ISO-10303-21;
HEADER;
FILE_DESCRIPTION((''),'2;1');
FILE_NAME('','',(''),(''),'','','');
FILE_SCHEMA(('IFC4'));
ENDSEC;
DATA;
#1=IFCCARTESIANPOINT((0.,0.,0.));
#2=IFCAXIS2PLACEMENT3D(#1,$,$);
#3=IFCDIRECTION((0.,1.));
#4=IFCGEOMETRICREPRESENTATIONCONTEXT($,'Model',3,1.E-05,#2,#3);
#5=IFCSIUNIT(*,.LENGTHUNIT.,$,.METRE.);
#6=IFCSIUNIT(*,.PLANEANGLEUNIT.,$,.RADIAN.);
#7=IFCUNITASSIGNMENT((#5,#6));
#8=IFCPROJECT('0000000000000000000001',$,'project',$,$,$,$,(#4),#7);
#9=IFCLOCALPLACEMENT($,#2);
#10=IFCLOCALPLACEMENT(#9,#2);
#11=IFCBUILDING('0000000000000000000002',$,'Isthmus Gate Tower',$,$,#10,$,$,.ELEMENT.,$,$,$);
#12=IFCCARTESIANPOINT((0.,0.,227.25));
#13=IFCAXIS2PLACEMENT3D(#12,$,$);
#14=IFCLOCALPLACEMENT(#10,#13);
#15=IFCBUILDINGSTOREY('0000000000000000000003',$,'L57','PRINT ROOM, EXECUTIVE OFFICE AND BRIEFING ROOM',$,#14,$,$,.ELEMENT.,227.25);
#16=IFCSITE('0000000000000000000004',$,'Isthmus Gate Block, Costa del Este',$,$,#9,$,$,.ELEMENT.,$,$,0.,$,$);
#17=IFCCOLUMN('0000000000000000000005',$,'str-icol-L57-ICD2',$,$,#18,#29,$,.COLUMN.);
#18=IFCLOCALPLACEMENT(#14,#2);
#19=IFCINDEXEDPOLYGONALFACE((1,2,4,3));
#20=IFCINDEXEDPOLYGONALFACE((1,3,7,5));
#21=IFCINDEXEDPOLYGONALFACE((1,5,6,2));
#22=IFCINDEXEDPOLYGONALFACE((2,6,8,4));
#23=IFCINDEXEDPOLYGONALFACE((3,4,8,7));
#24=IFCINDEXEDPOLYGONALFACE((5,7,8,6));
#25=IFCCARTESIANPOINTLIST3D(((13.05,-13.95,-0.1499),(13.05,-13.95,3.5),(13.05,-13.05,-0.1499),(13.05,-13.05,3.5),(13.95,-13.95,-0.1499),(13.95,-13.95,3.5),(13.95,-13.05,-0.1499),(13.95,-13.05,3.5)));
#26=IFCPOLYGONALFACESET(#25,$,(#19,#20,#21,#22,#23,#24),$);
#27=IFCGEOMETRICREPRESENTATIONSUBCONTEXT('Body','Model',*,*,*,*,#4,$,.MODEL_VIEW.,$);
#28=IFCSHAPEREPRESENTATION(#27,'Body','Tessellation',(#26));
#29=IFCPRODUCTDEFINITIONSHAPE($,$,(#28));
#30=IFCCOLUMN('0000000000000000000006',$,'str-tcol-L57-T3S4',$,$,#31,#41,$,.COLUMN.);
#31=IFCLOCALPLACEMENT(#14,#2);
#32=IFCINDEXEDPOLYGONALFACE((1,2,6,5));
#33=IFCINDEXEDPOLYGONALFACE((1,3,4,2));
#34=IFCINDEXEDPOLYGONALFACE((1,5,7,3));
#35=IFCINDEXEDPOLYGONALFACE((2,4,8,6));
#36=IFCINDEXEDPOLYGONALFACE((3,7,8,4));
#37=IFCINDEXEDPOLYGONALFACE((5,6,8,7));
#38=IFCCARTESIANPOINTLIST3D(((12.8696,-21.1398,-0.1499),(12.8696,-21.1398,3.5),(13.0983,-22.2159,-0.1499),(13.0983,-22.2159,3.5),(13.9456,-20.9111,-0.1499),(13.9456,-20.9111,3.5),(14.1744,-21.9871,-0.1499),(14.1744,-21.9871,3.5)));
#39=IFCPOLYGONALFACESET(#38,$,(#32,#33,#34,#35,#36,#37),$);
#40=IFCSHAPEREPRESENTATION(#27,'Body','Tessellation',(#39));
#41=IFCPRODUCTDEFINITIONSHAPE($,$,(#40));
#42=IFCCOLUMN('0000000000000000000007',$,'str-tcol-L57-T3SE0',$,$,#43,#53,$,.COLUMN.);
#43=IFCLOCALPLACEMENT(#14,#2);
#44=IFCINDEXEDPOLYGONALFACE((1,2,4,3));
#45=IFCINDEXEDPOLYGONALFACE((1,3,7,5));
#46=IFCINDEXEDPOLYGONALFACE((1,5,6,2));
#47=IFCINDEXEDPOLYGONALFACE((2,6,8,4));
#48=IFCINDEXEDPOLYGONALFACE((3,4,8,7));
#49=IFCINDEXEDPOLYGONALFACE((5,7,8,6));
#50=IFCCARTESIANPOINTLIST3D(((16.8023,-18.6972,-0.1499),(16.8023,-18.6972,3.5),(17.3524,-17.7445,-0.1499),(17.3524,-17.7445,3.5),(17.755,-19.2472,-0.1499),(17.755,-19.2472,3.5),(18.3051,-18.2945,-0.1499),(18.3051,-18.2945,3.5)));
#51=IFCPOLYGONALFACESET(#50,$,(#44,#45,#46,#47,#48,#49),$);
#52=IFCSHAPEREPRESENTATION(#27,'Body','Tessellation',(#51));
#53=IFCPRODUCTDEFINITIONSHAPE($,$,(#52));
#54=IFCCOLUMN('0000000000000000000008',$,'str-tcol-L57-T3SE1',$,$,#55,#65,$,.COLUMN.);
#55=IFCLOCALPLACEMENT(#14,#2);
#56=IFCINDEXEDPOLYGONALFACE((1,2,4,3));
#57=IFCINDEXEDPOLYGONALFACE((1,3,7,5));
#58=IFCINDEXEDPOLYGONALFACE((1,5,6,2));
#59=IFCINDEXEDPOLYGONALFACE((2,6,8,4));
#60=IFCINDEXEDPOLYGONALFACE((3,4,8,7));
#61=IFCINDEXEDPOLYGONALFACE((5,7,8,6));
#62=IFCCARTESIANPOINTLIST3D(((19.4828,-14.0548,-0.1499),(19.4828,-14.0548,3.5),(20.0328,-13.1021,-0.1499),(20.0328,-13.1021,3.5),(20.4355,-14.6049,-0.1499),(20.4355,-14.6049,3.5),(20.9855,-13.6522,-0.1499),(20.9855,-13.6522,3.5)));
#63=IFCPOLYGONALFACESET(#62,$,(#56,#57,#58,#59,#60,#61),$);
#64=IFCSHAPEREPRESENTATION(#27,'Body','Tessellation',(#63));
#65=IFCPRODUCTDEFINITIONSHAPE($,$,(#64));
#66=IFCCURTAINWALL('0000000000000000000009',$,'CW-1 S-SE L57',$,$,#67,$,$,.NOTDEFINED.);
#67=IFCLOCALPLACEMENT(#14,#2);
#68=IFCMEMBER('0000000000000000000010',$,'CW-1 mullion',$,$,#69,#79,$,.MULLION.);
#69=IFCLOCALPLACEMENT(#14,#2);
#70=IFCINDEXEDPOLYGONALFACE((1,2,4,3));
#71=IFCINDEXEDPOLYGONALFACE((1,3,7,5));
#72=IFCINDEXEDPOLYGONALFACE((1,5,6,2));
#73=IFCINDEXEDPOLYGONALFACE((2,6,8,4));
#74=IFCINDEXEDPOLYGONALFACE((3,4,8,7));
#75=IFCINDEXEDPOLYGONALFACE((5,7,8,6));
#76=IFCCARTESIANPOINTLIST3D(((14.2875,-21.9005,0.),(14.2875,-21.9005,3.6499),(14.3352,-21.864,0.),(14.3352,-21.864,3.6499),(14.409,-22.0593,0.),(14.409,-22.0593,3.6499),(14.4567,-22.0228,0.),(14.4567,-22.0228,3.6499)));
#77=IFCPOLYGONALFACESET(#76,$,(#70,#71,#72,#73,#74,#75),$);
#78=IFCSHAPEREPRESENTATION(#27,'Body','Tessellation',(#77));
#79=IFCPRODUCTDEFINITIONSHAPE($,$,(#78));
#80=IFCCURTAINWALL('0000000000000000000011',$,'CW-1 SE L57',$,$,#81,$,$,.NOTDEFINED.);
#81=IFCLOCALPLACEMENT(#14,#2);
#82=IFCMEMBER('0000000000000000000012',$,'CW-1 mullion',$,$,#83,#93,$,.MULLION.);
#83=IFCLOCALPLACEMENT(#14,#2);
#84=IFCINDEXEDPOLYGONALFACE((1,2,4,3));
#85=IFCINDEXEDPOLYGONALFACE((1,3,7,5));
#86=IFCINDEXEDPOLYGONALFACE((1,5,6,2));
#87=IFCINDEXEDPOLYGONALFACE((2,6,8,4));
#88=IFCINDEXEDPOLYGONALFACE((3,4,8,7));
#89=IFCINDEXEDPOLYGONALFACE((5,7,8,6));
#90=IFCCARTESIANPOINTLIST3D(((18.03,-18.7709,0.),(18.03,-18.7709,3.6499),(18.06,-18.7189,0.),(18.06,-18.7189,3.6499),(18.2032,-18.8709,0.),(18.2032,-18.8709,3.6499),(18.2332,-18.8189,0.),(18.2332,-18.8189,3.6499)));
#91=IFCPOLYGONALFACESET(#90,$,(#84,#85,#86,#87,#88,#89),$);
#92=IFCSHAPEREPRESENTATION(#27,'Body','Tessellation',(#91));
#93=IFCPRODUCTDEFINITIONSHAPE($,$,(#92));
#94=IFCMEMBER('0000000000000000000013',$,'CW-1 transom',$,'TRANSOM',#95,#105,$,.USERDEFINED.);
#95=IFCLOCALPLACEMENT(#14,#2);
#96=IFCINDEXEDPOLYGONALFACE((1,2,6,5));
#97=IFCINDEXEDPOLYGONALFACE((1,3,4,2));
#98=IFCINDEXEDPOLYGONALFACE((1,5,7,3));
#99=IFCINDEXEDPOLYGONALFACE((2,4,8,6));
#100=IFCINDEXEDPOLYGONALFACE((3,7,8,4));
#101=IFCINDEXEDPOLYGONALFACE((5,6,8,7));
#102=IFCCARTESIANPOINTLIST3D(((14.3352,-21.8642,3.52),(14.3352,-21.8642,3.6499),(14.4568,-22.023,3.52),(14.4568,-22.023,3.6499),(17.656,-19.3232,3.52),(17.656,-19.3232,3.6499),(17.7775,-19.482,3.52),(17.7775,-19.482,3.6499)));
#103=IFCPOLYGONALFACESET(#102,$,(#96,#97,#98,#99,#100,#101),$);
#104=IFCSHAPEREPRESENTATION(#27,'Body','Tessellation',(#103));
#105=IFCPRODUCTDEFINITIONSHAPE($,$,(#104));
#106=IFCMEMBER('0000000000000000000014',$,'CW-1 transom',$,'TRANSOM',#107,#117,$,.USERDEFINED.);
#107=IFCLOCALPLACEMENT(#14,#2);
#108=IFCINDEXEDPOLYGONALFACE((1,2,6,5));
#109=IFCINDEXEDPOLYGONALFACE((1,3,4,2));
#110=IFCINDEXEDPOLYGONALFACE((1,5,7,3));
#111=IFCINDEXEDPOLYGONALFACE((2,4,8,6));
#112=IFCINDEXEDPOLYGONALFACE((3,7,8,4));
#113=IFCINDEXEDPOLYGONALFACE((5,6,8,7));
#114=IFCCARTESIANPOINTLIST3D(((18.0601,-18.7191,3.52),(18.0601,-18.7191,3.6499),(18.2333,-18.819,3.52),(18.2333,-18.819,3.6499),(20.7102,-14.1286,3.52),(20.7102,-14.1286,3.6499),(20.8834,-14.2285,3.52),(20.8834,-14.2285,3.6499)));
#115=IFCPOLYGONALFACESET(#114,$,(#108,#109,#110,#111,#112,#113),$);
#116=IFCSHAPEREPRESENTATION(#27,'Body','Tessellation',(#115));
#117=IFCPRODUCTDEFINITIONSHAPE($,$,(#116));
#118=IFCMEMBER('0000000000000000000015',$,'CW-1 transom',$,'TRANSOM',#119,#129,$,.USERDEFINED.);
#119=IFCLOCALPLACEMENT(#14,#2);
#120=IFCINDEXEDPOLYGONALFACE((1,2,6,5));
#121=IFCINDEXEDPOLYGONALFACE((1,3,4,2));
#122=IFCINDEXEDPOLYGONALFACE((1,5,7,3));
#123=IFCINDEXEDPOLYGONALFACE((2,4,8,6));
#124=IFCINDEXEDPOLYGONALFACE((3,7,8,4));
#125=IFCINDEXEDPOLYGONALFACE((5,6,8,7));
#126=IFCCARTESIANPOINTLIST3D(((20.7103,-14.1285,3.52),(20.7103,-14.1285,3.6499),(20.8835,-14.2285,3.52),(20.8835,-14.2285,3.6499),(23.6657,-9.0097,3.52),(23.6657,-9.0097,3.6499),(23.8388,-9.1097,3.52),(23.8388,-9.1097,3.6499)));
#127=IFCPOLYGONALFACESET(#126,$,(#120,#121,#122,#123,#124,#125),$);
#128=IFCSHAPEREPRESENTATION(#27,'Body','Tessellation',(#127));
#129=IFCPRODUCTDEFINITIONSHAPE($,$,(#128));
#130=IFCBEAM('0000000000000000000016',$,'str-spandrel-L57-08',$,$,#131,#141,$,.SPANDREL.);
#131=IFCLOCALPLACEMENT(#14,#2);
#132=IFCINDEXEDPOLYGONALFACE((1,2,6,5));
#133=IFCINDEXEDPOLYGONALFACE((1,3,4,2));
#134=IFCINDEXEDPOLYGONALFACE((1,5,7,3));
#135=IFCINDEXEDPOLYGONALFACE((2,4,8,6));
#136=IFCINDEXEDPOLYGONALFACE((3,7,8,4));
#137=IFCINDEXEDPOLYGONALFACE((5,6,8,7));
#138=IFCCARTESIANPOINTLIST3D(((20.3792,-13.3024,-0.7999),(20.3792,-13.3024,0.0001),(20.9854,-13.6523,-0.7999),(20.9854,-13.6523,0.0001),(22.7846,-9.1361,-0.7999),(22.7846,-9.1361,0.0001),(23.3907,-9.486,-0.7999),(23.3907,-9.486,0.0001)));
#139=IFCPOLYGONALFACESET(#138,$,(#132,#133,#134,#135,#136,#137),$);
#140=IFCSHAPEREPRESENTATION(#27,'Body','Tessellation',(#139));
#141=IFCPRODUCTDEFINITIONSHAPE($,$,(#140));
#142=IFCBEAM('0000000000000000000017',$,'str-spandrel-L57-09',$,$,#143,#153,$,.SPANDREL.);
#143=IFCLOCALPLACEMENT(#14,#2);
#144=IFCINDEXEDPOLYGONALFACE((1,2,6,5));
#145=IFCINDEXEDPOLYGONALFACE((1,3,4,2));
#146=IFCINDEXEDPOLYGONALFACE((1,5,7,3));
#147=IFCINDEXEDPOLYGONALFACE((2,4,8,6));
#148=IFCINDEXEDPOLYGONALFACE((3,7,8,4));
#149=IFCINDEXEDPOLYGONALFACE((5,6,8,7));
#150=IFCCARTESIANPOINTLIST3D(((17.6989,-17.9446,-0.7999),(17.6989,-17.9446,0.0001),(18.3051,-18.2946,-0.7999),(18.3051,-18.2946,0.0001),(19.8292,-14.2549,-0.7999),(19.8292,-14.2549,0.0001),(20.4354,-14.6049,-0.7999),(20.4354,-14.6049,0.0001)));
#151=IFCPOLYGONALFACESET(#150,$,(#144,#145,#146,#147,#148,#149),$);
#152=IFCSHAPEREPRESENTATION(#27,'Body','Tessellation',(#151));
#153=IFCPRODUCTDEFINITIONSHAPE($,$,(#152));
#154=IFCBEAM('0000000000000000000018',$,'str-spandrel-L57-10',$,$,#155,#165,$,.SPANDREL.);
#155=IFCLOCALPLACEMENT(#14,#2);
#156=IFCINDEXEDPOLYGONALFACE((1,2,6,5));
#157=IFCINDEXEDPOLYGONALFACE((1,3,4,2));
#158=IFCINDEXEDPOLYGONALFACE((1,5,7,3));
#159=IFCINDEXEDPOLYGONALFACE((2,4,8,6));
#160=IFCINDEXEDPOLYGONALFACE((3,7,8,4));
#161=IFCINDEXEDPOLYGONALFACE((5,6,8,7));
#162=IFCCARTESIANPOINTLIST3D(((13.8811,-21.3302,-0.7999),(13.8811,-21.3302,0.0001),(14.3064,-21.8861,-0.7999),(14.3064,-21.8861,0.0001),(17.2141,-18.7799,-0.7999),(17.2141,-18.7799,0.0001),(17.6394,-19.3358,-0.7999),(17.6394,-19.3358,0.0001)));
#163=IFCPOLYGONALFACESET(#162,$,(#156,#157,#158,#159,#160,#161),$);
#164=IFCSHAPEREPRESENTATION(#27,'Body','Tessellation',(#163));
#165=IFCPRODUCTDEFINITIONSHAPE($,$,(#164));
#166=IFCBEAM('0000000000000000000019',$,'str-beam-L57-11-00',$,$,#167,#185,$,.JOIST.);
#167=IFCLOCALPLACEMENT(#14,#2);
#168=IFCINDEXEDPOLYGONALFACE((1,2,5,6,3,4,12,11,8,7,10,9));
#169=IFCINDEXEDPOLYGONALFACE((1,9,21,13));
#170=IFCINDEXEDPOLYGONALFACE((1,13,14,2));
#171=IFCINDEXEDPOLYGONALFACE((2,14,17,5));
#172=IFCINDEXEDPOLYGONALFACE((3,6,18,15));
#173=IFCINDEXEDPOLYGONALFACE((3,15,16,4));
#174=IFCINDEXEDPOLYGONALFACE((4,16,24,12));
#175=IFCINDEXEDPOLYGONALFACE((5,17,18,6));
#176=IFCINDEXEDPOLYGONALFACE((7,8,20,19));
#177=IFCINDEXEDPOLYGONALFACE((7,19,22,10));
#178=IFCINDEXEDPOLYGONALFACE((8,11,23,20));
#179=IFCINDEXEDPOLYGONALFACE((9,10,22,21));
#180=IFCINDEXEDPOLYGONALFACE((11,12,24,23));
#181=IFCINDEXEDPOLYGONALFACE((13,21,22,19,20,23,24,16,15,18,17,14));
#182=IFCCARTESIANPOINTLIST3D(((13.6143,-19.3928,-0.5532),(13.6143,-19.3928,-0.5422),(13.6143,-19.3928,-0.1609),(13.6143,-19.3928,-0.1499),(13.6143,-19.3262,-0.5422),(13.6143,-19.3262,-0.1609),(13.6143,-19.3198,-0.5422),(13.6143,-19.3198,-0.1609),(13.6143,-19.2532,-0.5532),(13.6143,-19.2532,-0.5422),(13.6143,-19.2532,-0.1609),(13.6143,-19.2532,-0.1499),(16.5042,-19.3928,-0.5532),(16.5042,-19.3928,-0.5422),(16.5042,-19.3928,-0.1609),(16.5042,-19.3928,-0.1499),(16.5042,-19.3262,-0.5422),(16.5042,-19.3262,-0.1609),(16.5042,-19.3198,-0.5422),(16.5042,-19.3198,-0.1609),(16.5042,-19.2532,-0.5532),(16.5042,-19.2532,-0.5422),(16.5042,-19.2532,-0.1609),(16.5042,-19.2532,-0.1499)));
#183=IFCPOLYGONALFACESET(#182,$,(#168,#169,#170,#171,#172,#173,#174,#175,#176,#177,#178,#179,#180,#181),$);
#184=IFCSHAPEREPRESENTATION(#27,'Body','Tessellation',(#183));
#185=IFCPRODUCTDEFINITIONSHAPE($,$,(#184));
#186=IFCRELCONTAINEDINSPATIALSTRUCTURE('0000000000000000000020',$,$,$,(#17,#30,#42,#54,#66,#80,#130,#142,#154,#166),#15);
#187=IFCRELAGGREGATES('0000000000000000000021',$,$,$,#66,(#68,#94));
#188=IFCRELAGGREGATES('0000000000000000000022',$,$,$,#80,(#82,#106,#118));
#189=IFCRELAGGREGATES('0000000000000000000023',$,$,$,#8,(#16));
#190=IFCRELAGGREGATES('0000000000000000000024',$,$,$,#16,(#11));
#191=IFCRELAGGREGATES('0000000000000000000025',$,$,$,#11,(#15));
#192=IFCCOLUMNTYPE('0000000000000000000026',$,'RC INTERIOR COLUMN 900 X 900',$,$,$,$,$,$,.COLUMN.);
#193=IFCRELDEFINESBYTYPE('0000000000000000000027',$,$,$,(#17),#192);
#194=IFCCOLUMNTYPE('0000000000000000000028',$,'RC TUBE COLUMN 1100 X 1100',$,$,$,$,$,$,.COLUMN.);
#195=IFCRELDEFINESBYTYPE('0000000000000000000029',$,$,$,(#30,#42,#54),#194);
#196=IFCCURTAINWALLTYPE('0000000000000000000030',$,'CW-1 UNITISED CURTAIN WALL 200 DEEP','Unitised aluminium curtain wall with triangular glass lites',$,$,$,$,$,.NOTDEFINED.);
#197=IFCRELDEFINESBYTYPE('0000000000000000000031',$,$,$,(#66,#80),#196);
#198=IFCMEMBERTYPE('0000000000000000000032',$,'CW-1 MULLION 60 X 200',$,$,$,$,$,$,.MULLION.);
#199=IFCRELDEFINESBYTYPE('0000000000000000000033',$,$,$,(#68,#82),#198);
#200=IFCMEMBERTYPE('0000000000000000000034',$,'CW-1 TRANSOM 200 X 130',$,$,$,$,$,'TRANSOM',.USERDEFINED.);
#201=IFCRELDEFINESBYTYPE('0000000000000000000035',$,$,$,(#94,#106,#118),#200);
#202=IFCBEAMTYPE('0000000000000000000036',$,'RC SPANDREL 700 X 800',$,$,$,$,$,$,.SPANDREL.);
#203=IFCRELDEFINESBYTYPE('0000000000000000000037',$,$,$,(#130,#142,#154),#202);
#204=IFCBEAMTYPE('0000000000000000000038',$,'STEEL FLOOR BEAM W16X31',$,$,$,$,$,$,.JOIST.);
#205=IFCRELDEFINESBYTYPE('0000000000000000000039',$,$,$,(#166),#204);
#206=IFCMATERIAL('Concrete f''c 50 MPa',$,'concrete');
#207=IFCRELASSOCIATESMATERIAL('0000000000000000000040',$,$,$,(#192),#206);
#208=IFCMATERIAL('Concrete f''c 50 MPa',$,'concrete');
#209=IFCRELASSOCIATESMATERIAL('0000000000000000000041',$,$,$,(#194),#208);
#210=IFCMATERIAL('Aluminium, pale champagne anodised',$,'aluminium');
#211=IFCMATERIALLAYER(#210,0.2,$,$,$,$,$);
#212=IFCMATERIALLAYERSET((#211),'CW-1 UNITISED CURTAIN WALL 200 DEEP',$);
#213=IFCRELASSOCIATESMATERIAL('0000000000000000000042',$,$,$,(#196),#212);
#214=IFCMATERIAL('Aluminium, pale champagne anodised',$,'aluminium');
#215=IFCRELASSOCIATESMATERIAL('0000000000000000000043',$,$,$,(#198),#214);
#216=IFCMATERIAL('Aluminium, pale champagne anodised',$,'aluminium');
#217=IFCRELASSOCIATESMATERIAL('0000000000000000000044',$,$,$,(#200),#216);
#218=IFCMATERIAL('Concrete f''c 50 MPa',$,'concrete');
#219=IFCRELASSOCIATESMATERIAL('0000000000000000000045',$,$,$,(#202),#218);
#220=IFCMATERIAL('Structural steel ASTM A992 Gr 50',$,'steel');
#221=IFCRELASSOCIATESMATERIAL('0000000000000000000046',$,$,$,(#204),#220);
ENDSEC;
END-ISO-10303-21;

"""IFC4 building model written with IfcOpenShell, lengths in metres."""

from ifc_helpers import new_model, si_unit, direction, frame, origin, origin_2d, place, context, subcontext, project, spatial, rectangle, i_section, extrude, material, layer, layer_set, material_profile, profile_set, type_object, element, aggregate, save


model = new_model("IFC4")

# Units and contexts
model_context = context("Model", 3, precision=1e-05, world=origin(), true_north=direction((0.0, 1.0)))
body_context = subcontext(model_context, "Body", "Model", "MODEL_VIEW")
ifc_project = project(units=[si_unit("LENGTHUNIT", "METRE"), si_unit("PLANEANGLEUNIT", "RADIAN")], contexts=[model_context])

# Site, building, storey
site_placement = place(None, origin())
site = spatial("IfcSite", under=ifc_project, at=site_placement, Name="Isthmus Gate Block, Costa del Este", CompositionType="ELEMENT", RefElevation=0.0)
building_placement = place(site_placement, origin())
building = spatial("IfcBuilding", under=site, at=building_placement, Name="Isthmus Gate Tower", CompositionType="ELEMENT")
storey_placement = place(building_placement, frame((0.0, 0.0, 227.25)))
storey = spatial("IfcBuildingStorey", under=building, at=storey_placement, Name="L57", Description="PRINT ROOM, EXECUTIVE OFFICE AND BRIEFING ROOM", CompositionType="ELEMENT", Elevation=227.25)

# Columns
ifc_material_1 = material(Name="Concrete f'c 50 MPa", Category="concrete")
ifc_material_profile_1 = material_profile(ifc_material_1, rectangle(XDim=0.8999, YDim=0.8999, at=origin_2d()), Name="RC 900X900")
ifc_profile_set_1 = profile_set([ifc_material_profile_1], Name="Concrete f'c 50 MPa")
column_type_1 = type_object("IfcColumnType", Name="RC INTERIOR COLUMN 900 X 900", PredefinedType="COLUMN", material=ifc_profile_set_1)
column_placement = place(storey_placement, frame((13.5, -13.5, -0.1499), z_axis=(0.0, 0.0, 1.0), x_axis=(1.0, 0.0, 0.0)))
element("IfcColumn", 1, at=column_placement, inside=storey, type_object=column_type_1, Name="str-icol-L57-ICD2", PredefinedType="COLUMN", context=body_context, shape_type="SweptSolid", body=[
    extrude(rectangle(XDim=0.8999, YDim=0.8999, at=origin_2d()), origin(), (0.0, 0.0, 1.0), 3.6499),
])
ifc_material_2 = material(Name="Concrete f'c 50 MPa", Category="concrete")
ifc_material_profile_2 = material_profile(ifc_material_2, rectangle(XDim=1.1001, YDim=1.1001, at=origin_2d()), Name="RC 1100X1100")
ifc_profile_set_2 = profile_set([ifc_material_profile_2], Name="Concrete f'c 50 MPa")
column_type_2 = type_object("IfcColumnType", Name="RC TUBE COLUMN 1100 X 1100", PredefinedType="COLUMN", material=ifc_profile_set_2)
for number, where, z_axis, x_axis, name in (
    (2, (13.522, -21.5635, -0.1499), (0.0, 0.0, 1.0), (0.978148, 0.207912, 0.0), "str-tcol-L57-T3S4"),
    (3, (17.5537, -18.4958, -0.1499), (0.0, 0.0, 1.0), (0.5, 0.866025, 0.0), "str-tcol-L57-T3SE0"),
    (4, (20.2341, -13.8535, -0.1499), (0.0, 0.0, 1.0), (0.5, 0.866025, 0.0), "str-tcol-L57-T3SE1"),
):
    element("IfcColumn", number, at=place(storey_placement, frame(where, z_axis=z_axis, x_axis=x_axis)), inside=storey, type_object=column_type_2, Name=name, PredefinedType="COLUMN", context=body_context, shape_type="SweptSolid", body=[
        extrude(rectangle(XDim=1.1001, YDim=1.1001, at=origin_2d()), origin(), (0.0, 0.0, 1.0), 3.6499),
    ])

# Curtain walls, members
ifc_material_3 = material(Name="Aluminium, pale champagne anodised", Category="aluminium")
ifc_layer_1 = layer(ifc_material_3, 0.2)
ifc_layer_set_1 = layer_set([ifc_layer_1], Name="CW-1 UNITISED CURTAIN WALL 200 DEEP")
curtain_wall_type = type_object("IfcCurtainWallType", Name="CW-1 UNITISED CURTAIN WALL 200 DEEP", Description="Unitised aluminium curtain wall with triangular glass lites", PredefinedType="NOTDEFINED", material=ifc_layer_set_1)
curtain_wall_1_placement = place(storey_placement, origin())
curtain_wall_1 = element("IfcCurtainWall", 5, at=curtain_wall_1_placement, inside=storey, type_object=curtain_wall_type, Name="CW-1 S-SE L57", PredefinedType="NOTDEFINED")
ifc_material_4 = material(Name="Aluminium, pale champagne anodised", Category="aluminium")
ifc_material_profile_3 = material_profile(ifc_material_4, rectangle(XDim=0.0601, YDim=0.2, at=origin_2d()), Name="60x200")
ifc_profile_set_3 = profile_set([ifc_material_profile_3], Name="Aluminium, pale champagne anodised")
member_type_1 = type_object("IfcMemberType", Name="CW-1 MULLION 60 X 200", PredefinedType="MULLION", material=ifc_profile_set_3)
member_1_placement = place(storey_placement, frame((14.3721, -21.9617, 0.0), z_axis=(0.0, 0.0, 1.0), x_axis=(0.794189, 0.607671, 0.0)))
member_1 = element("IfcMember", 6, at=member_1_placement, type_object=member_type_1, Name="CW-1 mullion", PredefinedType="MULLION", context=body_context, shape_type="SweptSolid", body=[
    extrude(rectangle(XDim=0.0601, YDim=0.2, at=origin_2d()), origin(), (0.0, 0.0, 1.0), 3.6499),
])
curtain_wall_2_placement = place(storey_placement, origin())
curtain_wall_2 = element("IfcCurtainWall", 7, at=curtain_wall_2_placement, inside=storey, type_object=curtain_wall_type, Name="CW-1 SE L57", PredefinedType="NOTDEFINED")
member_2_placement = place(storey_placement, frame((18.1316, -18.7949, 0.0), z_axis=(0.0, 0.0, 1.0), x_axis=(0.5, 0.866025, 0.0)))
member_2 = element("IfcMember", 8, at=member_2_placement, type_object=member_type_1, Name="CW-1 mullion", PredefinedType="MULLION", context=body_context, shape_type="SweptSolid", body=[
    extrude(rectangle(XDim=0.0601, YDim=0.2, at=origin_2d()), origin(), (0.0, 0.0, 1.0), 3.6499),
])

# Members
ifc_material_5 = material(Name="Aluminium, pale champagne anodised", Category="aluminium")
ifc_material_profile_4 = material_profile(ifc_material_5, rectangle(XDim=0.2, YDim=0.1299, at=origin_2d()), Name="200x130")
ifc_profile_set_4 = profile_set([ifc_material_profile_4], Name="Aluminium, pale champagne anodised")
member_type_2 = type_object("IfcMemberType", Name="CW-1 TRANSOM 200 X 130", ElementType="TRANSOM", PredefinedType="USERDEFINED", material=ifc_profile_set_4)
member_3_placement = place(storey_placement, frame((14.396, -21.9436, 3.585), z_axis=(0.794175, 0.607688, 0.0), x_axis=(-0.607688, 0.794175, 0.0)))
member_3 = element("IfcMember", 9, at=member_3_placement, type_object=member_type_2, Name="CW-1 transom", ObjectType="TRANSOM", PredefinedType="USERDEFINED", context=body_context, shape_type="SweptSolid", body=[
    extrude(rectangle(XDim=0.2, YDim=0.1299, at=origin_2d()), origin(), (0.0, 0.0, 1.0), 4.1814),
])
member_4_placement = place(storey_placement, frame((18.1467, -18.769, 3.585), z_axis=(0.499968, 0.866044, 0.0), x_axis=(-0.866044, 0.499968, 0.0)))
member_4 = element("IfcMember", 10, at=member_4_placement, type_object=member_type_2, Name="CW-1 transom", ObjectType="TRANSOM", PredefinedType="USERDEFINED", context=body_context, shape_type="SweptSolid", body=[
    extrude(rectangle(XDim=0.2, YDim=0.1299, at=origin_2d()), origin(), (0.0, 0.0, 1.0), 5.3005),
])
member_5_placement = place(storey_placement, frame((20.7969, -14.1785, 3.585), z_axis=(0.500008, 0.86602, 0.0), x_axis=(-0.86602, 0.500008, 0.0)))
member_5 = element("IfcMember", 11, at=member_5_placement, type_object=member_type_2, Name="CW-1 transom", ObjectType="TRANSOM", PredefinedType="USERDEFINED", context=body_context, shape_type="SweptSolid", body=[
    extrude(rectangle(XDim=0.2, YDim=0.1299, at=origin_2d()), origin(), (0.0, 0.0, 1.0), 5.9106),
])

# Beams
ifc_material_6 = material(Name="Concrete f'c 50 MPa", Category="concrete")
ifc_material_profile_5 = material_profile(ifc_material_6, rectangle(XDim=0.7, YDim=0.8, at=origin_2d()), Name="RC 700X800")
ifc_profile_set_5 = profile_set([ifc_material_profile_5], Name="Concrete f'c 50 MPa")
beam_type_1 = type_object("IfcBeamType", Name="RC SPANDREL 700 X 800", PredefinedType="SPANDREL", material=ifc_profile_set_5)
beam_1_placement = place(storey_placement, frame((23.0876, -9.311, -0.3999), z_axis=(-0.499982, -0.866036, 0.0), x_axis=(0.866036, -0.499982, 0.0)))
element("IfcBeam", 12, at=beam_1_placement, inside=storey, type_object=beam_type_1, Name="str-spandrel-L57-08", PredefinedType="SPANDREL", context=body_context, shape_type="SweptSolid", body=[
    extrude(rectangle(XDim=0.7, YDim=0.8, at=origin_2d()), origin(), (0.0, 0.0, 1.0), 4.8108),
])
beam_2_placement = place(storey_placement, frame((20.1323, -14.4299, -0.3999), z_axis=(-0.500022, -0.866013, 0.0), x_axis=(0.866013, -0.500022, 0.0)))
element("IfcBeam", 13, at=beam_2_placement, inside=storey, type_object=beam_type_1, Name="str-spandrel-L57-09", PredefinedType="SPANDREL", context=body_context, shape_type="SweptSolid", body=[
    extrude(rectangle(XDim=0.7, YDim=0.8, at=origin_2d()), origin(), (0.0, 0.0, 1.0), 4.2605),
])
beam_3_placement = place(storey_placement, frame((17.4268, -19.0579, -0.3999), z_axis=(-0.794183, -0.607679, 0.0), x_axis=(0.607679, -0.794183, 0.0)))
element("IfcBeam", 14, at=beam_3_placement, inside=storey, type_object=beam_type_1, Name="str-spandrel-L57-10", PredefinedType="SPANDREL", context=body_context, shape_type="SweptSolid", body=[
    extrude(rectangle(XDim=0.7, YDim=0.8, at=origin_2d()), origin(), (0.0, 0.0, 1.0), 4.1968),
])
ifc_material_7 = material(Name="Structural steel ASTM A992 Gr 50", Category="steel")
ifc_material_profile_6 = material_profile(ifc_material_7, i_section(OverallWidth=0.1396, OverallDepth=0.4033, WebThickness=0.0063, FlangeThickness=0.011, at=origin_2d()), Name="W16X31")
ifc_profile_set_6 = profile_set([ifc_material_profile_6], Name="Structural steel ASTM A992 Gr 50")
beam_type_2 = type_object("IfcBeamType", Name="STEEL FLOOR BEAM W16X31", PredefinedType="JOIST", material=ifc_profile_set_6)
beam_4_placement = place(storey_placement, frame((13.6143, -19.323, -0.3516), z_axis=(1.0, 0.0, 0.0), x_axis=(0.0, 1.0, 0.0)))
element("IfcBeam", 15, at=beam_4_placement, inside=storey, type_object=beam_type_2, Name="str-beam-L57-11-00", PredefinedType="JOIST", context=body_context, shape_type="SweptSolid", body=[
    extrude(i_section(OverallWidth=0.1396, OverallDepth=0.4033, WebThickness=0.0063, FlangeThickness=0.011, at=origin_2d()), origin(), (0.0, 0.0, 1.0), 2.8899),
])

aggregate(curtain_wall_1, [member_1, member_3])
aggregate(curtain_wall_2, [member_2, member_4, member_5])

save(model, "model.ifc")
